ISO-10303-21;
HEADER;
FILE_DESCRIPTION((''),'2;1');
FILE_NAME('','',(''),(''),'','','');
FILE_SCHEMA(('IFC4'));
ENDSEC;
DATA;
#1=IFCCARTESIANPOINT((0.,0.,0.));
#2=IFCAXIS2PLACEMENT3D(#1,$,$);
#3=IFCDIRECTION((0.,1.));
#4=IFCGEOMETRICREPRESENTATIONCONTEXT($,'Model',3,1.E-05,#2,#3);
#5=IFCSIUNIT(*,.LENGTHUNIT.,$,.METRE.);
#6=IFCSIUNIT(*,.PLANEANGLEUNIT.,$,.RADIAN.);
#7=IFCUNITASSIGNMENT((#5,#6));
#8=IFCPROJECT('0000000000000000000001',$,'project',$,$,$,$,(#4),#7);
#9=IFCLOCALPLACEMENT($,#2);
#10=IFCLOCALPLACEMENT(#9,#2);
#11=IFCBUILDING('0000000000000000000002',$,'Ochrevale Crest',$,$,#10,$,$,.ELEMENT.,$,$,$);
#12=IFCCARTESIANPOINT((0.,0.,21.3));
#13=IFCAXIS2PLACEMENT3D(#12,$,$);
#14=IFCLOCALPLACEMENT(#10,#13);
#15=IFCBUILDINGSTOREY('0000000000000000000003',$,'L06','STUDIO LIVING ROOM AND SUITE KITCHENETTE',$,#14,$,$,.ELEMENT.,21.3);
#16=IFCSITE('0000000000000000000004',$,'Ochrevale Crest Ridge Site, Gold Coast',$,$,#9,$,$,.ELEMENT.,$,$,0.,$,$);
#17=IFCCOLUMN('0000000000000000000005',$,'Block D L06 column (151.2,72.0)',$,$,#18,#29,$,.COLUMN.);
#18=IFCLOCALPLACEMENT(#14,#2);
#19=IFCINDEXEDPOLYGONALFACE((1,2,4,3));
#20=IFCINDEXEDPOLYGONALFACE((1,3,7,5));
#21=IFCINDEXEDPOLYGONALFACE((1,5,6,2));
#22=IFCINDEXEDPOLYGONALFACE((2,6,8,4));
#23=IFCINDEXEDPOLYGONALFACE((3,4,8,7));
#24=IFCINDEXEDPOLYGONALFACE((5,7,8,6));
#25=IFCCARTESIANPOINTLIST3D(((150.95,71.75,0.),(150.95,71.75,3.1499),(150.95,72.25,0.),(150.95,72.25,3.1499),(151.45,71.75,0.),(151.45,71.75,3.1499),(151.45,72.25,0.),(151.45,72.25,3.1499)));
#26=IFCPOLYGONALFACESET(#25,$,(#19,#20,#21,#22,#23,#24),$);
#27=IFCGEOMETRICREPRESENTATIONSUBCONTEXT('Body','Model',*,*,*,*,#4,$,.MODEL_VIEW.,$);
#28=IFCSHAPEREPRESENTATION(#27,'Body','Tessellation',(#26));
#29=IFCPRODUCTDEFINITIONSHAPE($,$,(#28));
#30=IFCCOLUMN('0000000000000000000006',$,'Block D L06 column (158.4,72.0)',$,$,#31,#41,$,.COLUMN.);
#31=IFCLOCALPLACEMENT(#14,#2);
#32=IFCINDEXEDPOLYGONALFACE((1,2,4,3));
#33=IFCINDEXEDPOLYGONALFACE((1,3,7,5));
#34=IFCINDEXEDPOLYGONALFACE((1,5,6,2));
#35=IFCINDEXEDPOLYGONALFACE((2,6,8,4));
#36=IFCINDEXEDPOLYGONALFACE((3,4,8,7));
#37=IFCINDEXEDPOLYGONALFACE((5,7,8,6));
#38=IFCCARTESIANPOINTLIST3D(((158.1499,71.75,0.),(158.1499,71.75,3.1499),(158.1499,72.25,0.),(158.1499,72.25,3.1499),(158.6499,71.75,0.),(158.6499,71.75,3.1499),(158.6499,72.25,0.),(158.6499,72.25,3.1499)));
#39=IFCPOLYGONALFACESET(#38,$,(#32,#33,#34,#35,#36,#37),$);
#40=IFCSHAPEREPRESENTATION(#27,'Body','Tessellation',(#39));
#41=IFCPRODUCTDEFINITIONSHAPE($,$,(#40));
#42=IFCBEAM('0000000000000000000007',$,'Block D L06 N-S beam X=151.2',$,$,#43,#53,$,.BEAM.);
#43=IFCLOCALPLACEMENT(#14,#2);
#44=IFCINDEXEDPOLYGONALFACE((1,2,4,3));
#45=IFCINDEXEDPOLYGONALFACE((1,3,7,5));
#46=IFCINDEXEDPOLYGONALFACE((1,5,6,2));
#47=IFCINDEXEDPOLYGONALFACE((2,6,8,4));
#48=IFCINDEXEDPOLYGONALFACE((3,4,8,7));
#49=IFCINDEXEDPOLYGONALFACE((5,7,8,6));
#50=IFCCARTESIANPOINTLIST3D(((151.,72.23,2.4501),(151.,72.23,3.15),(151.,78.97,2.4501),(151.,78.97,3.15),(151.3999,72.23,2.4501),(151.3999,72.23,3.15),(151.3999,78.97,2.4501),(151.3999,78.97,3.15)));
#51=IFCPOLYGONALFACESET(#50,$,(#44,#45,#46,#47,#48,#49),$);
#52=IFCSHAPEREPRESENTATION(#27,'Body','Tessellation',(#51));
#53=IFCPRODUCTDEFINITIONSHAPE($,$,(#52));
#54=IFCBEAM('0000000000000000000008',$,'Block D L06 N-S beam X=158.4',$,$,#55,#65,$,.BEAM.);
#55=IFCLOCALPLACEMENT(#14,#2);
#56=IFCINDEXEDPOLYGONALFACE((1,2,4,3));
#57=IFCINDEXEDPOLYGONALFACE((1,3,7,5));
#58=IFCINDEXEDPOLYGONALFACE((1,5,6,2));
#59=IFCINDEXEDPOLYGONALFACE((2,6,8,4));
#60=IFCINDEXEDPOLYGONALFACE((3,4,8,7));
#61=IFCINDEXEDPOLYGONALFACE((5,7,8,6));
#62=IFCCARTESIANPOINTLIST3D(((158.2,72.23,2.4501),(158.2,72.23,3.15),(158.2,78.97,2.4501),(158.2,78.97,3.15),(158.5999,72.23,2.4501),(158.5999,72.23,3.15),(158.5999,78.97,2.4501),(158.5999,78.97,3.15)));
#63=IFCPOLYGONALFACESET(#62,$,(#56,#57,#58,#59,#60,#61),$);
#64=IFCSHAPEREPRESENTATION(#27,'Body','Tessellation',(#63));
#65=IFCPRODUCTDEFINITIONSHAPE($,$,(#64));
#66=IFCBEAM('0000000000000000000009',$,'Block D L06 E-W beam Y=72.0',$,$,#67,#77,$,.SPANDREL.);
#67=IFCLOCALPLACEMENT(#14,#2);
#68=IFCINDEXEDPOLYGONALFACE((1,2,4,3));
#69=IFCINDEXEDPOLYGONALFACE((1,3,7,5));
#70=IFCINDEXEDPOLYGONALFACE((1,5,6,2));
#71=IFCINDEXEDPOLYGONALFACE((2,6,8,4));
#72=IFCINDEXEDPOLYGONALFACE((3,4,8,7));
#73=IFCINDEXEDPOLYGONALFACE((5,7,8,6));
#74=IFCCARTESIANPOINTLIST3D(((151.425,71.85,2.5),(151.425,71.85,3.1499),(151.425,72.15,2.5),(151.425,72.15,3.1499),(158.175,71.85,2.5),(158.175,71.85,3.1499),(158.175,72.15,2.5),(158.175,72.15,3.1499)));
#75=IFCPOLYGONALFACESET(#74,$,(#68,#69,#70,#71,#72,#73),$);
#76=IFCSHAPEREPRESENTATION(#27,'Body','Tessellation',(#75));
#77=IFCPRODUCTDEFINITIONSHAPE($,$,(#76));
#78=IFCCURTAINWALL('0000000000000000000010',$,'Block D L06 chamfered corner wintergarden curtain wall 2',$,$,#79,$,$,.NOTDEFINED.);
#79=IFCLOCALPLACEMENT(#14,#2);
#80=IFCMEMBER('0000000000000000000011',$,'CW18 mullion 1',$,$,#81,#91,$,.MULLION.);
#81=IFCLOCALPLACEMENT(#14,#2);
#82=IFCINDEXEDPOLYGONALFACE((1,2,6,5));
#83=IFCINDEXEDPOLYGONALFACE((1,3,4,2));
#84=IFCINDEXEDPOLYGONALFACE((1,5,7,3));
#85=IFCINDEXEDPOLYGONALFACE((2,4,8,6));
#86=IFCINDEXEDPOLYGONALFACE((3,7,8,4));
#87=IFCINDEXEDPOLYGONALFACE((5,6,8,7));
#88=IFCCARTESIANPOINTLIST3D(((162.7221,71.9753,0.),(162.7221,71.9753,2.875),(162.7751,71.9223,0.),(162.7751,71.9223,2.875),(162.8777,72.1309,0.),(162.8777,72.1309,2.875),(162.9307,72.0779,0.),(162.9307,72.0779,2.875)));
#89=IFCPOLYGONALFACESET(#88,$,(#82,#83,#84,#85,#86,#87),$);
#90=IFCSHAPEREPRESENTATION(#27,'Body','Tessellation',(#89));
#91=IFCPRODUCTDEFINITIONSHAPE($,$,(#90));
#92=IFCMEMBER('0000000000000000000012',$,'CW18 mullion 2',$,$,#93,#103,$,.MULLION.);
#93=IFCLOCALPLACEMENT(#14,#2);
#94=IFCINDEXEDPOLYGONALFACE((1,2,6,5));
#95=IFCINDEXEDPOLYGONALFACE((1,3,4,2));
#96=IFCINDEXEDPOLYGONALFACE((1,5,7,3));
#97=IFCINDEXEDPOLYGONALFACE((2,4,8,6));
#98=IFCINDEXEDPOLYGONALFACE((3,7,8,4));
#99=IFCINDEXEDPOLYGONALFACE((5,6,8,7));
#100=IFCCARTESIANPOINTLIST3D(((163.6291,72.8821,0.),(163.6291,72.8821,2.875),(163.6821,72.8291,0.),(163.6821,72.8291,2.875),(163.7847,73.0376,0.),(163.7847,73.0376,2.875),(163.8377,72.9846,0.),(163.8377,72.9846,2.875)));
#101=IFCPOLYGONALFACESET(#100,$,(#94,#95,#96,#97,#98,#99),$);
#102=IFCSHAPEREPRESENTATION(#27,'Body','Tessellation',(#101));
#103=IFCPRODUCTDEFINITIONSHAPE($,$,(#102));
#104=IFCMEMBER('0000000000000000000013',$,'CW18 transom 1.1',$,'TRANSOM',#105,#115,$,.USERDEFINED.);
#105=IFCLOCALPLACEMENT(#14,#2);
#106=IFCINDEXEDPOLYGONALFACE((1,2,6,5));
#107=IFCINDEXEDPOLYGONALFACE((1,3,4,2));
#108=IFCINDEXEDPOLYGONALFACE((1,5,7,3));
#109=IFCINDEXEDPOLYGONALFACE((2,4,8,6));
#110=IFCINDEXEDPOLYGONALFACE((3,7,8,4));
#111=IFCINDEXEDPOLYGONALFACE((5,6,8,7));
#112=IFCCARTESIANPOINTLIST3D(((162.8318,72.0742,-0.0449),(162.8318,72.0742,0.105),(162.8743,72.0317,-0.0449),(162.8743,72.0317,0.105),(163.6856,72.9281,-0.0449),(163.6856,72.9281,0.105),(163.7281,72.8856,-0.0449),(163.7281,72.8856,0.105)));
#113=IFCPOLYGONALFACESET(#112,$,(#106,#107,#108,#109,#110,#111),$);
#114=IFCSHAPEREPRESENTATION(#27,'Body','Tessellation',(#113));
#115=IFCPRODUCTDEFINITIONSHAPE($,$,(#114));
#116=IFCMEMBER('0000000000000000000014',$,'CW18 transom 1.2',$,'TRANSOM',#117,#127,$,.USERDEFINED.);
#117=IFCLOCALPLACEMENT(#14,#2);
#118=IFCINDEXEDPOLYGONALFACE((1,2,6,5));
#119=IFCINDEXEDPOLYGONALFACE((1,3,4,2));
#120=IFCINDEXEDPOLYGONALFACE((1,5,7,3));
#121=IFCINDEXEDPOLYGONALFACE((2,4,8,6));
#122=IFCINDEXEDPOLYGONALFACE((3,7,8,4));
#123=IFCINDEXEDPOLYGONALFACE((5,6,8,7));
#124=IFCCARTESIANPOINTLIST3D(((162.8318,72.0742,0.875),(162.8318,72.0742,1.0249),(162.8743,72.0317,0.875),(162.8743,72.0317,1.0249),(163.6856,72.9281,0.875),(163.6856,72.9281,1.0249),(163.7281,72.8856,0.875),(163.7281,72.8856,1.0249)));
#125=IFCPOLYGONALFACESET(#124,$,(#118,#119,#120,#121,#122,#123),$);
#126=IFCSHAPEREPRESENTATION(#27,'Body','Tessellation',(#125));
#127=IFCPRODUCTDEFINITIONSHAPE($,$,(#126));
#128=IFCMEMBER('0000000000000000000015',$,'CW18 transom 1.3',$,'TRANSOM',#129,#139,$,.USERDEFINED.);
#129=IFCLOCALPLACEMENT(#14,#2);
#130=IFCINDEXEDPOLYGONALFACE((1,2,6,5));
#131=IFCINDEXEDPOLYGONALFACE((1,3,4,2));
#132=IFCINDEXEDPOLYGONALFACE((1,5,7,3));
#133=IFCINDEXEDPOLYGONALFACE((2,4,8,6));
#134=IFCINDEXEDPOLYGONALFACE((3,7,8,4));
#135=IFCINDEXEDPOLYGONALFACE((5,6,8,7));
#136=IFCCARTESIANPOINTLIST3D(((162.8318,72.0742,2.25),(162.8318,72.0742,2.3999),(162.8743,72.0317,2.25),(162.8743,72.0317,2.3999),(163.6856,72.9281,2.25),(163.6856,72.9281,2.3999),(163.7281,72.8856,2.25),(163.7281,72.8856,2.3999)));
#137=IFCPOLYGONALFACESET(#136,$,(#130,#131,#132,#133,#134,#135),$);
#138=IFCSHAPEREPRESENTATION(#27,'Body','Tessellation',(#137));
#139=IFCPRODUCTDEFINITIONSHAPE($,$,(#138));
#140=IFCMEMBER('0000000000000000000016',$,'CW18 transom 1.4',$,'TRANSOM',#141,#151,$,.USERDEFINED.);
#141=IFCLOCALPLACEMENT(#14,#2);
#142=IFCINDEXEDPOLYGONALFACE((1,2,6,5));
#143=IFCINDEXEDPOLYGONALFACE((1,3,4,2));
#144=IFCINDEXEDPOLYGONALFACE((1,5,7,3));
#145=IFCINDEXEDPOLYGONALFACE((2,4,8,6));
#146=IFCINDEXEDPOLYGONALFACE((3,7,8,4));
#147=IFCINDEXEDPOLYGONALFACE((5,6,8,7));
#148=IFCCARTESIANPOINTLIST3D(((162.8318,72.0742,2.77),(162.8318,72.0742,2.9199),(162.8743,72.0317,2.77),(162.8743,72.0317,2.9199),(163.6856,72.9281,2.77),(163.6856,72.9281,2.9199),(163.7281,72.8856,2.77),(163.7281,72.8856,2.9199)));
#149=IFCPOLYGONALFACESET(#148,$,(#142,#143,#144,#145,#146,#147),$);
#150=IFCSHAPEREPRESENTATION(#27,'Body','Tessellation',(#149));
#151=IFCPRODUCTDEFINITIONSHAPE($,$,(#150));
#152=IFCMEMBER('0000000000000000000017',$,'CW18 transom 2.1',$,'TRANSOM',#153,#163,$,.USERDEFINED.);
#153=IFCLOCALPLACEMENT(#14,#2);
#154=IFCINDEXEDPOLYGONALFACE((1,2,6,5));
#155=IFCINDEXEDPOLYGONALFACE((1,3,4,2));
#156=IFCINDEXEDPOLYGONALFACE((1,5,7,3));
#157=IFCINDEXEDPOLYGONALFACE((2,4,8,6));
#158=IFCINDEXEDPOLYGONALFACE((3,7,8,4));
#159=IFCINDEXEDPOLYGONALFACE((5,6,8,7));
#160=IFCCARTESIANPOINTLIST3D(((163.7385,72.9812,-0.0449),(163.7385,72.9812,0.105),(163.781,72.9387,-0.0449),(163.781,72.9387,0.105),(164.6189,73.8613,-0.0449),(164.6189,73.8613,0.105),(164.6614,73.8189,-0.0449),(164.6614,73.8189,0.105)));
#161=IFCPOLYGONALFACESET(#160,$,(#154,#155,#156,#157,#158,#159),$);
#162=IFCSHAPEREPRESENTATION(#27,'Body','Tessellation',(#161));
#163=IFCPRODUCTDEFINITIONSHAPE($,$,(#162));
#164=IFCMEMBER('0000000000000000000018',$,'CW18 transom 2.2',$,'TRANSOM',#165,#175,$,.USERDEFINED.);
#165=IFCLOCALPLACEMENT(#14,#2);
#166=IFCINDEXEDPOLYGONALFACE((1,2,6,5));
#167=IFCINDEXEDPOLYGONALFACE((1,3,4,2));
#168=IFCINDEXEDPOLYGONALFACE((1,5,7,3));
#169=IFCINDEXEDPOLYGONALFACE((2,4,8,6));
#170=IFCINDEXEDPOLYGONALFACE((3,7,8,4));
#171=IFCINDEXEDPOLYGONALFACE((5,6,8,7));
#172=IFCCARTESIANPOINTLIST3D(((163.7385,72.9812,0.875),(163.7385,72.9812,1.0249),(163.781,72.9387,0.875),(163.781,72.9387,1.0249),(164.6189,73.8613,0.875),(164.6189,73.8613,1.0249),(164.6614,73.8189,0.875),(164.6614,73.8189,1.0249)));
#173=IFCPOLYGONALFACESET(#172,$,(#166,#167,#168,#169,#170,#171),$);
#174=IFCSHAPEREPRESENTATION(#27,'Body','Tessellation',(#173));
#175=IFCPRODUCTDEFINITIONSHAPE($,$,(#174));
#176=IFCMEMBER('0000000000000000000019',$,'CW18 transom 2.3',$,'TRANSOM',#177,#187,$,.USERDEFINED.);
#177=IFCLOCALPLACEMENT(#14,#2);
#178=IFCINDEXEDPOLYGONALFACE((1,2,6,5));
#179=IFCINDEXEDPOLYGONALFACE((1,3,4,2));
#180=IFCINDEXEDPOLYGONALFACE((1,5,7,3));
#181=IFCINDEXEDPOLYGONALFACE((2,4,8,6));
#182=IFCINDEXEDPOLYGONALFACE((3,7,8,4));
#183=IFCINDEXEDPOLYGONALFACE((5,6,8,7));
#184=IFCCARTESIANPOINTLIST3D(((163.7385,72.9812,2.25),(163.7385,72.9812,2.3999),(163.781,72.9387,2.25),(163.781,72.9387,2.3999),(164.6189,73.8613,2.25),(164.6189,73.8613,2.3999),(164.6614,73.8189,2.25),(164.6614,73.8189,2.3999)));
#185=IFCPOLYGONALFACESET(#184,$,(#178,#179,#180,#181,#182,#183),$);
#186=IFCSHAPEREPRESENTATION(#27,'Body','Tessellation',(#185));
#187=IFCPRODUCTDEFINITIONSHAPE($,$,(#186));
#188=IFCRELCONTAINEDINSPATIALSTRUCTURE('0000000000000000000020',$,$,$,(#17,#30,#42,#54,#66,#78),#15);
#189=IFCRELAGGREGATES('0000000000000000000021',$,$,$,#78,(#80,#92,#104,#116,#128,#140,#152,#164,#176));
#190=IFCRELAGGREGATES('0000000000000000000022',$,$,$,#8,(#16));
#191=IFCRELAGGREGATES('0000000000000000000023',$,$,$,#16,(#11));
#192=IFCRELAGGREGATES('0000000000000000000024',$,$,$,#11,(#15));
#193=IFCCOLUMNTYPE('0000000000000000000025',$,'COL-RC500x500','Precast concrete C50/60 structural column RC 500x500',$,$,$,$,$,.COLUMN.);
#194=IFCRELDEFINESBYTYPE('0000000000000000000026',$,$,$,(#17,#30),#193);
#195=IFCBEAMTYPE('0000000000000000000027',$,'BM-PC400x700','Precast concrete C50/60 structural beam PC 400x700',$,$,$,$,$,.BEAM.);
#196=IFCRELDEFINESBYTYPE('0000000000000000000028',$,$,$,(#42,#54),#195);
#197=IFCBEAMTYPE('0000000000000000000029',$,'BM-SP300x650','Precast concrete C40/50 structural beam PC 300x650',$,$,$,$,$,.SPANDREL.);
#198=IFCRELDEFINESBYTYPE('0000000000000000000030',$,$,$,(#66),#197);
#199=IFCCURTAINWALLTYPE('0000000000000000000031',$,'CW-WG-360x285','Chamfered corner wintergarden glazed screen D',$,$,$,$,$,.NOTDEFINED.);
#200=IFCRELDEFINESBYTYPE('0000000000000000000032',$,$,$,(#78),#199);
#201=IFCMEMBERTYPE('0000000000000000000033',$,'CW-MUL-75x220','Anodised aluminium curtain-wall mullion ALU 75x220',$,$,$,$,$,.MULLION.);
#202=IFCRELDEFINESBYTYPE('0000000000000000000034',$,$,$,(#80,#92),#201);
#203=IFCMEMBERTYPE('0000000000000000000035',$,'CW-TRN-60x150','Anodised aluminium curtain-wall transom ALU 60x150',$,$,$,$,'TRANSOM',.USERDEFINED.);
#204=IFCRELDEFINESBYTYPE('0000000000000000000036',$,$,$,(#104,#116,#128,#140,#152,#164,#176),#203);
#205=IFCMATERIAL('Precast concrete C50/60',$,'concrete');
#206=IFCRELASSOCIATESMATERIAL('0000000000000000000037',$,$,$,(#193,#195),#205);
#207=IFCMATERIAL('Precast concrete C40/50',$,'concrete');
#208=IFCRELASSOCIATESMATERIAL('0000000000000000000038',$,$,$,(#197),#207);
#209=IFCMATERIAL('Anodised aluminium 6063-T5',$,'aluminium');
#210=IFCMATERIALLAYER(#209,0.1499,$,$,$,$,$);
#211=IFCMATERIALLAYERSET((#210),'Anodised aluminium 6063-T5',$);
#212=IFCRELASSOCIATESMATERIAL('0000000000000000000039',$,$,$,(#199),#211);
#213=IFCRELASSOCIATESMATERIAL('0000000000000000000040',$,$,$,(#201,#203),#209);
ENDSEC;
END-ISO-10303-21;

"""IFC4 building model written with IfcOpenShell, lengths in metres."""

from ifc_helpers import new_model, si_unit, direction, frame, origin, origin_2d, place, context, subcontext, project, spatial, rectangle, extrude, material, layer, layer_set, material_profile, profile_set, type_object, element, aggregate, save


model = new_model("IFC4")

# Units and contexts
model_context = context("Model", 3, precision=1e-05, world=origin(), true_north=direction((0.0, 1.0)))
body_context = subcontext(model_context, "Body", "Model", "MODEL_VIEW")
ifc_project = project(units=[si_unit("LENGTHUNIT", "METRE"), si_unit("PLANEANGLEUNIT", "RADIAN")], contexts=[model_context])

# Site, building, storey
site_placement = place(None, origin())
site = spatial("IfcSite", under=ifc_project, at=site_placement, Name="Ochrevale Crest Ridge Site, Gold Coast", CompositionType="ELEMENT", RefElevation=0.0)
building_placement = place(site_placement, origin())
building = spatial("IfcBuilding", under=site, at=building_placement, Name="Ochrevale Crest", CompositionType="ELEMENT")
storey_placement = place(building_placement, frame((0.0, 0.0, 21.3)))
storey = spatial("IfcBuildingStorey", under=building, at=storey_placement, Name="L06", Description="STUDIO LIVING ROOM AND SUITE KITCHENETTE", CompositionType="ELEMENT", Elevation=21.3)

# Columns
ifc_material_1 = material(Name="Precast concrete C50/60", Category="concrete")
ifc_material_profile_1 = material_profile(ifc_material_1, rectangle(XDim=0.5, YDim=0.5, at=origin_2d()), Name="RC 500x500")
ifc_profile_set_1 = profile_set([ifc_material_profile_1], Name="Precast concrete C50/60")
column_type = type_object("IfcColumnType", Name="COL-RC500x500", Description="Precast concrete C50/60 structural column RC 500x500", PredefinedType="COLUMN", material=ifc_profile_set_1)
for number, where, z_axis, x_axis, name in (
    (1, (151.2, 72.0, 0.0), (0.0, 0.0, 1.0), (1.0, 0.0, 0.0), "Block D L06 column (151.2,72.0)"),
    (2, (158.3999, 72.0, 0.0), (0.0, 0.0, 1.0), (1.0, 0.0, 0.0), "Block D L06 column (158.4,72.0)"),
):
    element("IfcColumn", number, at=place(storey_placement, frame(where, z_axis=z_axis, x_axis=x_axis)), inside=storey, type_object=column_type, Name=name, PredefinedType="COLUMN", context=body_context, shape_type="SweptSolid", body=[
        extrude(rectangle(XDim=0.5, YDim=0.5, at=origin_2d()), origin(), (0.0, 0.0, 1.0), 3.1499),
    ])

# Beams
ifc_material_profile_2 = material_profile(ifc_material_1, rectangle(XDim=0.3999, YDim=0.7, at=origin_2d()), Name="PC 400x700")
ifc_profile_set_2 = profile_set([ifc_material_profile_2], Name="Precast concrete C50/60")
beam_type_1 = type_object("IfcBeamType", Name="BM-PC400x700", Description="Precast concrete C50/60 structural beam PC 400x700", PredefinedType="BEAM", material=ifc_profile_set_2)
for number, where, z_axis, x_axis, name in (
    (3, (151.2, 72.23, 2.8), (0.0, 1.0, 0.0), (-1.0, 0.0, 0.0), "Block D L06 N-S beam X=151.2"),
    (4, (158.3999, 72.23, 2.8), (0.0, 1.0, 0.0), (-1.0, 0.0, 0.0), "Block D L06 N-S beam X=158.4"),
):
    element("IfcBeam", number, at=place(storey_placement, frame(where, z_axis=z_axis, x_axis=x_axis)), inside=storey, type_object=beam_type_1, Name=name, PredefinedType="BEAM", context=body_context, shape_type="SweptSolid", body=[
        extrude(rectangle(XDim=0.3999, YDim=0.7, at=origin_2d()), origin(), (0.0, 0.0, 1.0), 6.74),
    ])
ifc_material_2 = material(Name="Precast concrete C40/50", Category="concrete")
ifc_material_profile_3 = material_profile(ifc_material_2, rectangle(XDim=0.3, YDim=0.6499, at=origin_2d()), Name="PC 300x650")
ifc_profile_set_3 = profile_set([ifc_material_profile_3], Name="Precast concrete C40/50")
beam_type_2 = type_object("IfcBeamType", Name="BM-SP300x650", Description="Precast concrete C40/50 structural beam PC 300x650", PredefinedType="SPANDREL", material=ifc_profile_set_3)
beam_placement = place(storey_placement, frame((151.425, 72.0, 2.825), z_axis=(1.0, 0.0, 0.0), x_axis=(0.0, 1.0, 0.0)))
element("IfcBeam", 5, at=beam_placement, inside=storey, type_object=beam_type_2, Name="Block D L06 E-W beam Y=72.0", PredefinedType="SPANDREL", context=body_context, shape_type="SweptSolid", body=[
    extrude(rectangle(XDim=0.3, YDim=0.6499, at=origin_2d()), origin(), (0.0, 0.0, 1.0), 6.75),
])

# Curtain wall, members
ifc_material_3 = material(Name="Anodised aluminium 6063-T5", Category="aluminium")
ifc_layer_1 = layer(ifc_material_3, 0.1499)
ifc_layer_set_1 = layer_set([ifc_layer_1], Name="Anodised aluminium 6063-T5")
curtain_wall_type = type_object("IfcCurtainWallType", Name="CW-WG-360x285", Description="Chamfered corner wintergarden glazed screen D", PredefinedType="NOTDEFINED", material=ifc_layer_set_1)
curtain_wall_placement = place(storey_placement, origin())
curtain_wall = element("IfcCurtainWall", 6, at=curtain_wall_placement, inside=storey, type_object=curtain_wall_type, Name="Block D L06 chamfered corner wintergarden curtain wall 2", PredefinedType="NOTDEFINED")
ifc_material_profile_4 = material_profile(ifc_material_3, rectangle(XDim=0.075, YDim=0.22, at=origin_2d()), Name="ALU 75x220")
ifc_profile_set_4 = profile_set([ifc_material_profile_4], Name="Anodised aluminium 6063-T5")
member_type_1 = type_object("IfcMemberType", Name="CW-MUL-75x220", Description="Anodised aluminium curtain-wall mullion ALU 75x220", PredefinedType="MULLION", material=ifc_profile_set_4)
member_1_placement = place(storey_placement, frame((162.8264, 72.0266, 0.0), z_axis=(0.0, 0.0, 1.0), x_axis=(-0.707107, 0.707107, 0.0)))
member_1 = element("IfcMember", 7, at=member_1_placement, type_object=member_type_1, Name="CW18 mullion 1", PredefinedType="MULLION", context=body_context, shape_type="SweptSolid", body=[
    extrude(rectangle(XDim=0.075, YDim=0.22, at=origin_2d()), origin(), (0.0, 0.0, 1.0), 2.875),
])
member_2_placement = place(storey_placement, frame((163.7334, 72.9333, 0.0), z_axis=(0.0, 0.0, 1.0), x_axis=(-0.707107, 0.707107, 0.0)))
member_2 = element("IfcMember", 8, at=member_2_placement, type_object=member_type_1, Name="CW18 mullion 2", PredefinedType="MULLION", context=body_context, shape_type="SweptSolid", body=[
    extrude(rectangle(XDim=0.075, YDim=0.22, at=origin_2d()), origin(), (0.0, 0.0, 1.0), 2.875),
])
ifc_material_profile_5 = material_profile(ifc_material_3, rectangle(XDim=0.0601, YDim=0.1499, at=origin_2d()), Name="ALU 60x150")
ifc_profile_set_5 = profile_set([ifc_material_profile_5], Name="Anodised aluminium 6063-T5")
member_type_2 = type_object("IfcMemberType", Name="CW-TRN-60x150", Description="Anodised aluminium curtain-wall transom ALU 60x150", ElementType="TRANSOM", PredefinedType="USERDEFINED", material=ifc_profile_set_5)
member_3_placement = place(storey_placement, frame((162.853, 72.053, 0.03), z_axis=(0.707107, 0.707107, 0.0), x_axis=(-0.707107, 0.707107, 0.0)))
member_3 = element("IfcMember", 9, at=member_3_placement, type_object=member_type_2, Name="CW18 transom 1.1", ObjectType="TRANSOM", PredefinedType="USERDEFINED", context=body_context, shape_type="SweptSolid", body=[
    extrude(rectangle(XDim=0.0601, YDim=0.1499, at=origin_2d()), origin(), (0.0, 0.0, 1.0), 1.2075),
])
member_4_placement = place(storey_placement, frame((162.853, 72.053, 0.95), z_axis=(0.707107, 0.707107, 0.0), x_axis=(-0.707107, 0.707107, 0.0)))
member_4 = element("IfcMember", 10, at=member_4_placement, type_object=member_type_2, Name="CW18 transom 1.2", ObjectType="TRANSOM", PredefinedType="USERDEFINED", context=body_context, shape_type="SweptSolid", body=[
    extrude(rectangle(XDim=0.0601, YDim=0.1499, at=origin_2d()), origin(), (0.0, 0.0, 1.0), 1.2075),
])
member_5_placement = place(storey_placement, frame((162.853, 72.053, 2.325), z_axis=(0.707107, 0.707107, 0.0), x_axis=(-0.707107, 0.707107, 0.0)))
member_5 = element("IfcMember", 11, at=member_5_placement, type_object=member_type_2, Name="CW18 transom 1.3", ObjectType="TRANSOM", PredefinedType="USERDEFINED", context=body_context, shape_type="SweptSolid", body=[
    extrude(rectangle(XDim=0.0601, YDim=0.1499, at=origin_2d()), origin(), (0.0, 0.0, 1.0), 1.2075),
])
member_6_placement = place(storey_placement, frame((162.853, 72.053, 2.845), z_axis=(0.707107, 0.707107, 0.0), x_axis=(-0.707107, 0.707107, 0.0)))
member_6 = element("IfcMember", 12, at=member_6_placement, type_object=member_type_2, Name="CW18 transom 1.4", ObjectType="TRANSOM", PredefinedType="USERDEFINED", context=body_context, shape_type="SweptSolid", body=[
    extrude(rectangle(XDim=0.0601, YDim=0.1499, at=origin_2d()), origin(), (0.0, 0.0, 1.0), 1.2075),
])
member_7_placement = place(storey_placement, frame((163.7598, 72.96, 0.03), z_axis=(0.707205, 0.707009, 0.0), x_axis=(-0.707009, 0.707205, 0.0)))
member_7 = element("IfcMember", 13, at=member_7_placement, type_object=member_type_2, Name="CW18 transom 2.1", ObjectType="TRANSOM", PredefinedType="USERDEFINED", context=body_context, shape_type="SweptSolid", body=[
    extrude(rectangle(XDim=0.0601, YDim=0.1499, at=origin_2d()), origin(), (0.0, 0.0, 1.0), 1.2449),
])
member_8_placement = place(storey_placement, frame((163.7598, 72.96, 0.95), z_axis=(0.707205, 0.707009, 0.0), x_axis=(-0.707009, 0.707205, 0.0)))
member_8 = element("IfcMember", 14, at=member_8_placement, type_object=member_type_2, Name="CW18 transom 2.2", ObjectType="TRANSOM", PredefinedType="USERDEFINED", context=body_context, shape_type="SweptSolid", body=[
    extrude(rectangle(XDim=0.0601, YDim=0.1499, at=origin_2d()), origin(), (0.0, 0.0, 1.0), 1.2449),
])
member_9_placement = place(storey_placement, frame((163.7598, 72.96, 2.325), z_axis=(0.707205, 0.707009, 0.0), x_axis=(-0.707009, 0.707205, 0.0)))
member_9 = element("IfcMember", 15, at=member_9_placement, type_object=member_type_2, Name="CW18 transom 2.3", ObjectType="TRANSOM", PredefinedType="USERDEFINED", context=body_context, shape_type="SweptSolid", body=[
    extrude(rectangle(XDim=0.0601, YDim=0.1499, at=origin_2d()), origin(), (0.0, 0.0, 1.0), 1.2449),
])
aggregate(curtain_wall, [member_1, member_2, member_3, member_4, member_5, member_6, member_7, member_8, member_9])

save(model, "model.ifc")
